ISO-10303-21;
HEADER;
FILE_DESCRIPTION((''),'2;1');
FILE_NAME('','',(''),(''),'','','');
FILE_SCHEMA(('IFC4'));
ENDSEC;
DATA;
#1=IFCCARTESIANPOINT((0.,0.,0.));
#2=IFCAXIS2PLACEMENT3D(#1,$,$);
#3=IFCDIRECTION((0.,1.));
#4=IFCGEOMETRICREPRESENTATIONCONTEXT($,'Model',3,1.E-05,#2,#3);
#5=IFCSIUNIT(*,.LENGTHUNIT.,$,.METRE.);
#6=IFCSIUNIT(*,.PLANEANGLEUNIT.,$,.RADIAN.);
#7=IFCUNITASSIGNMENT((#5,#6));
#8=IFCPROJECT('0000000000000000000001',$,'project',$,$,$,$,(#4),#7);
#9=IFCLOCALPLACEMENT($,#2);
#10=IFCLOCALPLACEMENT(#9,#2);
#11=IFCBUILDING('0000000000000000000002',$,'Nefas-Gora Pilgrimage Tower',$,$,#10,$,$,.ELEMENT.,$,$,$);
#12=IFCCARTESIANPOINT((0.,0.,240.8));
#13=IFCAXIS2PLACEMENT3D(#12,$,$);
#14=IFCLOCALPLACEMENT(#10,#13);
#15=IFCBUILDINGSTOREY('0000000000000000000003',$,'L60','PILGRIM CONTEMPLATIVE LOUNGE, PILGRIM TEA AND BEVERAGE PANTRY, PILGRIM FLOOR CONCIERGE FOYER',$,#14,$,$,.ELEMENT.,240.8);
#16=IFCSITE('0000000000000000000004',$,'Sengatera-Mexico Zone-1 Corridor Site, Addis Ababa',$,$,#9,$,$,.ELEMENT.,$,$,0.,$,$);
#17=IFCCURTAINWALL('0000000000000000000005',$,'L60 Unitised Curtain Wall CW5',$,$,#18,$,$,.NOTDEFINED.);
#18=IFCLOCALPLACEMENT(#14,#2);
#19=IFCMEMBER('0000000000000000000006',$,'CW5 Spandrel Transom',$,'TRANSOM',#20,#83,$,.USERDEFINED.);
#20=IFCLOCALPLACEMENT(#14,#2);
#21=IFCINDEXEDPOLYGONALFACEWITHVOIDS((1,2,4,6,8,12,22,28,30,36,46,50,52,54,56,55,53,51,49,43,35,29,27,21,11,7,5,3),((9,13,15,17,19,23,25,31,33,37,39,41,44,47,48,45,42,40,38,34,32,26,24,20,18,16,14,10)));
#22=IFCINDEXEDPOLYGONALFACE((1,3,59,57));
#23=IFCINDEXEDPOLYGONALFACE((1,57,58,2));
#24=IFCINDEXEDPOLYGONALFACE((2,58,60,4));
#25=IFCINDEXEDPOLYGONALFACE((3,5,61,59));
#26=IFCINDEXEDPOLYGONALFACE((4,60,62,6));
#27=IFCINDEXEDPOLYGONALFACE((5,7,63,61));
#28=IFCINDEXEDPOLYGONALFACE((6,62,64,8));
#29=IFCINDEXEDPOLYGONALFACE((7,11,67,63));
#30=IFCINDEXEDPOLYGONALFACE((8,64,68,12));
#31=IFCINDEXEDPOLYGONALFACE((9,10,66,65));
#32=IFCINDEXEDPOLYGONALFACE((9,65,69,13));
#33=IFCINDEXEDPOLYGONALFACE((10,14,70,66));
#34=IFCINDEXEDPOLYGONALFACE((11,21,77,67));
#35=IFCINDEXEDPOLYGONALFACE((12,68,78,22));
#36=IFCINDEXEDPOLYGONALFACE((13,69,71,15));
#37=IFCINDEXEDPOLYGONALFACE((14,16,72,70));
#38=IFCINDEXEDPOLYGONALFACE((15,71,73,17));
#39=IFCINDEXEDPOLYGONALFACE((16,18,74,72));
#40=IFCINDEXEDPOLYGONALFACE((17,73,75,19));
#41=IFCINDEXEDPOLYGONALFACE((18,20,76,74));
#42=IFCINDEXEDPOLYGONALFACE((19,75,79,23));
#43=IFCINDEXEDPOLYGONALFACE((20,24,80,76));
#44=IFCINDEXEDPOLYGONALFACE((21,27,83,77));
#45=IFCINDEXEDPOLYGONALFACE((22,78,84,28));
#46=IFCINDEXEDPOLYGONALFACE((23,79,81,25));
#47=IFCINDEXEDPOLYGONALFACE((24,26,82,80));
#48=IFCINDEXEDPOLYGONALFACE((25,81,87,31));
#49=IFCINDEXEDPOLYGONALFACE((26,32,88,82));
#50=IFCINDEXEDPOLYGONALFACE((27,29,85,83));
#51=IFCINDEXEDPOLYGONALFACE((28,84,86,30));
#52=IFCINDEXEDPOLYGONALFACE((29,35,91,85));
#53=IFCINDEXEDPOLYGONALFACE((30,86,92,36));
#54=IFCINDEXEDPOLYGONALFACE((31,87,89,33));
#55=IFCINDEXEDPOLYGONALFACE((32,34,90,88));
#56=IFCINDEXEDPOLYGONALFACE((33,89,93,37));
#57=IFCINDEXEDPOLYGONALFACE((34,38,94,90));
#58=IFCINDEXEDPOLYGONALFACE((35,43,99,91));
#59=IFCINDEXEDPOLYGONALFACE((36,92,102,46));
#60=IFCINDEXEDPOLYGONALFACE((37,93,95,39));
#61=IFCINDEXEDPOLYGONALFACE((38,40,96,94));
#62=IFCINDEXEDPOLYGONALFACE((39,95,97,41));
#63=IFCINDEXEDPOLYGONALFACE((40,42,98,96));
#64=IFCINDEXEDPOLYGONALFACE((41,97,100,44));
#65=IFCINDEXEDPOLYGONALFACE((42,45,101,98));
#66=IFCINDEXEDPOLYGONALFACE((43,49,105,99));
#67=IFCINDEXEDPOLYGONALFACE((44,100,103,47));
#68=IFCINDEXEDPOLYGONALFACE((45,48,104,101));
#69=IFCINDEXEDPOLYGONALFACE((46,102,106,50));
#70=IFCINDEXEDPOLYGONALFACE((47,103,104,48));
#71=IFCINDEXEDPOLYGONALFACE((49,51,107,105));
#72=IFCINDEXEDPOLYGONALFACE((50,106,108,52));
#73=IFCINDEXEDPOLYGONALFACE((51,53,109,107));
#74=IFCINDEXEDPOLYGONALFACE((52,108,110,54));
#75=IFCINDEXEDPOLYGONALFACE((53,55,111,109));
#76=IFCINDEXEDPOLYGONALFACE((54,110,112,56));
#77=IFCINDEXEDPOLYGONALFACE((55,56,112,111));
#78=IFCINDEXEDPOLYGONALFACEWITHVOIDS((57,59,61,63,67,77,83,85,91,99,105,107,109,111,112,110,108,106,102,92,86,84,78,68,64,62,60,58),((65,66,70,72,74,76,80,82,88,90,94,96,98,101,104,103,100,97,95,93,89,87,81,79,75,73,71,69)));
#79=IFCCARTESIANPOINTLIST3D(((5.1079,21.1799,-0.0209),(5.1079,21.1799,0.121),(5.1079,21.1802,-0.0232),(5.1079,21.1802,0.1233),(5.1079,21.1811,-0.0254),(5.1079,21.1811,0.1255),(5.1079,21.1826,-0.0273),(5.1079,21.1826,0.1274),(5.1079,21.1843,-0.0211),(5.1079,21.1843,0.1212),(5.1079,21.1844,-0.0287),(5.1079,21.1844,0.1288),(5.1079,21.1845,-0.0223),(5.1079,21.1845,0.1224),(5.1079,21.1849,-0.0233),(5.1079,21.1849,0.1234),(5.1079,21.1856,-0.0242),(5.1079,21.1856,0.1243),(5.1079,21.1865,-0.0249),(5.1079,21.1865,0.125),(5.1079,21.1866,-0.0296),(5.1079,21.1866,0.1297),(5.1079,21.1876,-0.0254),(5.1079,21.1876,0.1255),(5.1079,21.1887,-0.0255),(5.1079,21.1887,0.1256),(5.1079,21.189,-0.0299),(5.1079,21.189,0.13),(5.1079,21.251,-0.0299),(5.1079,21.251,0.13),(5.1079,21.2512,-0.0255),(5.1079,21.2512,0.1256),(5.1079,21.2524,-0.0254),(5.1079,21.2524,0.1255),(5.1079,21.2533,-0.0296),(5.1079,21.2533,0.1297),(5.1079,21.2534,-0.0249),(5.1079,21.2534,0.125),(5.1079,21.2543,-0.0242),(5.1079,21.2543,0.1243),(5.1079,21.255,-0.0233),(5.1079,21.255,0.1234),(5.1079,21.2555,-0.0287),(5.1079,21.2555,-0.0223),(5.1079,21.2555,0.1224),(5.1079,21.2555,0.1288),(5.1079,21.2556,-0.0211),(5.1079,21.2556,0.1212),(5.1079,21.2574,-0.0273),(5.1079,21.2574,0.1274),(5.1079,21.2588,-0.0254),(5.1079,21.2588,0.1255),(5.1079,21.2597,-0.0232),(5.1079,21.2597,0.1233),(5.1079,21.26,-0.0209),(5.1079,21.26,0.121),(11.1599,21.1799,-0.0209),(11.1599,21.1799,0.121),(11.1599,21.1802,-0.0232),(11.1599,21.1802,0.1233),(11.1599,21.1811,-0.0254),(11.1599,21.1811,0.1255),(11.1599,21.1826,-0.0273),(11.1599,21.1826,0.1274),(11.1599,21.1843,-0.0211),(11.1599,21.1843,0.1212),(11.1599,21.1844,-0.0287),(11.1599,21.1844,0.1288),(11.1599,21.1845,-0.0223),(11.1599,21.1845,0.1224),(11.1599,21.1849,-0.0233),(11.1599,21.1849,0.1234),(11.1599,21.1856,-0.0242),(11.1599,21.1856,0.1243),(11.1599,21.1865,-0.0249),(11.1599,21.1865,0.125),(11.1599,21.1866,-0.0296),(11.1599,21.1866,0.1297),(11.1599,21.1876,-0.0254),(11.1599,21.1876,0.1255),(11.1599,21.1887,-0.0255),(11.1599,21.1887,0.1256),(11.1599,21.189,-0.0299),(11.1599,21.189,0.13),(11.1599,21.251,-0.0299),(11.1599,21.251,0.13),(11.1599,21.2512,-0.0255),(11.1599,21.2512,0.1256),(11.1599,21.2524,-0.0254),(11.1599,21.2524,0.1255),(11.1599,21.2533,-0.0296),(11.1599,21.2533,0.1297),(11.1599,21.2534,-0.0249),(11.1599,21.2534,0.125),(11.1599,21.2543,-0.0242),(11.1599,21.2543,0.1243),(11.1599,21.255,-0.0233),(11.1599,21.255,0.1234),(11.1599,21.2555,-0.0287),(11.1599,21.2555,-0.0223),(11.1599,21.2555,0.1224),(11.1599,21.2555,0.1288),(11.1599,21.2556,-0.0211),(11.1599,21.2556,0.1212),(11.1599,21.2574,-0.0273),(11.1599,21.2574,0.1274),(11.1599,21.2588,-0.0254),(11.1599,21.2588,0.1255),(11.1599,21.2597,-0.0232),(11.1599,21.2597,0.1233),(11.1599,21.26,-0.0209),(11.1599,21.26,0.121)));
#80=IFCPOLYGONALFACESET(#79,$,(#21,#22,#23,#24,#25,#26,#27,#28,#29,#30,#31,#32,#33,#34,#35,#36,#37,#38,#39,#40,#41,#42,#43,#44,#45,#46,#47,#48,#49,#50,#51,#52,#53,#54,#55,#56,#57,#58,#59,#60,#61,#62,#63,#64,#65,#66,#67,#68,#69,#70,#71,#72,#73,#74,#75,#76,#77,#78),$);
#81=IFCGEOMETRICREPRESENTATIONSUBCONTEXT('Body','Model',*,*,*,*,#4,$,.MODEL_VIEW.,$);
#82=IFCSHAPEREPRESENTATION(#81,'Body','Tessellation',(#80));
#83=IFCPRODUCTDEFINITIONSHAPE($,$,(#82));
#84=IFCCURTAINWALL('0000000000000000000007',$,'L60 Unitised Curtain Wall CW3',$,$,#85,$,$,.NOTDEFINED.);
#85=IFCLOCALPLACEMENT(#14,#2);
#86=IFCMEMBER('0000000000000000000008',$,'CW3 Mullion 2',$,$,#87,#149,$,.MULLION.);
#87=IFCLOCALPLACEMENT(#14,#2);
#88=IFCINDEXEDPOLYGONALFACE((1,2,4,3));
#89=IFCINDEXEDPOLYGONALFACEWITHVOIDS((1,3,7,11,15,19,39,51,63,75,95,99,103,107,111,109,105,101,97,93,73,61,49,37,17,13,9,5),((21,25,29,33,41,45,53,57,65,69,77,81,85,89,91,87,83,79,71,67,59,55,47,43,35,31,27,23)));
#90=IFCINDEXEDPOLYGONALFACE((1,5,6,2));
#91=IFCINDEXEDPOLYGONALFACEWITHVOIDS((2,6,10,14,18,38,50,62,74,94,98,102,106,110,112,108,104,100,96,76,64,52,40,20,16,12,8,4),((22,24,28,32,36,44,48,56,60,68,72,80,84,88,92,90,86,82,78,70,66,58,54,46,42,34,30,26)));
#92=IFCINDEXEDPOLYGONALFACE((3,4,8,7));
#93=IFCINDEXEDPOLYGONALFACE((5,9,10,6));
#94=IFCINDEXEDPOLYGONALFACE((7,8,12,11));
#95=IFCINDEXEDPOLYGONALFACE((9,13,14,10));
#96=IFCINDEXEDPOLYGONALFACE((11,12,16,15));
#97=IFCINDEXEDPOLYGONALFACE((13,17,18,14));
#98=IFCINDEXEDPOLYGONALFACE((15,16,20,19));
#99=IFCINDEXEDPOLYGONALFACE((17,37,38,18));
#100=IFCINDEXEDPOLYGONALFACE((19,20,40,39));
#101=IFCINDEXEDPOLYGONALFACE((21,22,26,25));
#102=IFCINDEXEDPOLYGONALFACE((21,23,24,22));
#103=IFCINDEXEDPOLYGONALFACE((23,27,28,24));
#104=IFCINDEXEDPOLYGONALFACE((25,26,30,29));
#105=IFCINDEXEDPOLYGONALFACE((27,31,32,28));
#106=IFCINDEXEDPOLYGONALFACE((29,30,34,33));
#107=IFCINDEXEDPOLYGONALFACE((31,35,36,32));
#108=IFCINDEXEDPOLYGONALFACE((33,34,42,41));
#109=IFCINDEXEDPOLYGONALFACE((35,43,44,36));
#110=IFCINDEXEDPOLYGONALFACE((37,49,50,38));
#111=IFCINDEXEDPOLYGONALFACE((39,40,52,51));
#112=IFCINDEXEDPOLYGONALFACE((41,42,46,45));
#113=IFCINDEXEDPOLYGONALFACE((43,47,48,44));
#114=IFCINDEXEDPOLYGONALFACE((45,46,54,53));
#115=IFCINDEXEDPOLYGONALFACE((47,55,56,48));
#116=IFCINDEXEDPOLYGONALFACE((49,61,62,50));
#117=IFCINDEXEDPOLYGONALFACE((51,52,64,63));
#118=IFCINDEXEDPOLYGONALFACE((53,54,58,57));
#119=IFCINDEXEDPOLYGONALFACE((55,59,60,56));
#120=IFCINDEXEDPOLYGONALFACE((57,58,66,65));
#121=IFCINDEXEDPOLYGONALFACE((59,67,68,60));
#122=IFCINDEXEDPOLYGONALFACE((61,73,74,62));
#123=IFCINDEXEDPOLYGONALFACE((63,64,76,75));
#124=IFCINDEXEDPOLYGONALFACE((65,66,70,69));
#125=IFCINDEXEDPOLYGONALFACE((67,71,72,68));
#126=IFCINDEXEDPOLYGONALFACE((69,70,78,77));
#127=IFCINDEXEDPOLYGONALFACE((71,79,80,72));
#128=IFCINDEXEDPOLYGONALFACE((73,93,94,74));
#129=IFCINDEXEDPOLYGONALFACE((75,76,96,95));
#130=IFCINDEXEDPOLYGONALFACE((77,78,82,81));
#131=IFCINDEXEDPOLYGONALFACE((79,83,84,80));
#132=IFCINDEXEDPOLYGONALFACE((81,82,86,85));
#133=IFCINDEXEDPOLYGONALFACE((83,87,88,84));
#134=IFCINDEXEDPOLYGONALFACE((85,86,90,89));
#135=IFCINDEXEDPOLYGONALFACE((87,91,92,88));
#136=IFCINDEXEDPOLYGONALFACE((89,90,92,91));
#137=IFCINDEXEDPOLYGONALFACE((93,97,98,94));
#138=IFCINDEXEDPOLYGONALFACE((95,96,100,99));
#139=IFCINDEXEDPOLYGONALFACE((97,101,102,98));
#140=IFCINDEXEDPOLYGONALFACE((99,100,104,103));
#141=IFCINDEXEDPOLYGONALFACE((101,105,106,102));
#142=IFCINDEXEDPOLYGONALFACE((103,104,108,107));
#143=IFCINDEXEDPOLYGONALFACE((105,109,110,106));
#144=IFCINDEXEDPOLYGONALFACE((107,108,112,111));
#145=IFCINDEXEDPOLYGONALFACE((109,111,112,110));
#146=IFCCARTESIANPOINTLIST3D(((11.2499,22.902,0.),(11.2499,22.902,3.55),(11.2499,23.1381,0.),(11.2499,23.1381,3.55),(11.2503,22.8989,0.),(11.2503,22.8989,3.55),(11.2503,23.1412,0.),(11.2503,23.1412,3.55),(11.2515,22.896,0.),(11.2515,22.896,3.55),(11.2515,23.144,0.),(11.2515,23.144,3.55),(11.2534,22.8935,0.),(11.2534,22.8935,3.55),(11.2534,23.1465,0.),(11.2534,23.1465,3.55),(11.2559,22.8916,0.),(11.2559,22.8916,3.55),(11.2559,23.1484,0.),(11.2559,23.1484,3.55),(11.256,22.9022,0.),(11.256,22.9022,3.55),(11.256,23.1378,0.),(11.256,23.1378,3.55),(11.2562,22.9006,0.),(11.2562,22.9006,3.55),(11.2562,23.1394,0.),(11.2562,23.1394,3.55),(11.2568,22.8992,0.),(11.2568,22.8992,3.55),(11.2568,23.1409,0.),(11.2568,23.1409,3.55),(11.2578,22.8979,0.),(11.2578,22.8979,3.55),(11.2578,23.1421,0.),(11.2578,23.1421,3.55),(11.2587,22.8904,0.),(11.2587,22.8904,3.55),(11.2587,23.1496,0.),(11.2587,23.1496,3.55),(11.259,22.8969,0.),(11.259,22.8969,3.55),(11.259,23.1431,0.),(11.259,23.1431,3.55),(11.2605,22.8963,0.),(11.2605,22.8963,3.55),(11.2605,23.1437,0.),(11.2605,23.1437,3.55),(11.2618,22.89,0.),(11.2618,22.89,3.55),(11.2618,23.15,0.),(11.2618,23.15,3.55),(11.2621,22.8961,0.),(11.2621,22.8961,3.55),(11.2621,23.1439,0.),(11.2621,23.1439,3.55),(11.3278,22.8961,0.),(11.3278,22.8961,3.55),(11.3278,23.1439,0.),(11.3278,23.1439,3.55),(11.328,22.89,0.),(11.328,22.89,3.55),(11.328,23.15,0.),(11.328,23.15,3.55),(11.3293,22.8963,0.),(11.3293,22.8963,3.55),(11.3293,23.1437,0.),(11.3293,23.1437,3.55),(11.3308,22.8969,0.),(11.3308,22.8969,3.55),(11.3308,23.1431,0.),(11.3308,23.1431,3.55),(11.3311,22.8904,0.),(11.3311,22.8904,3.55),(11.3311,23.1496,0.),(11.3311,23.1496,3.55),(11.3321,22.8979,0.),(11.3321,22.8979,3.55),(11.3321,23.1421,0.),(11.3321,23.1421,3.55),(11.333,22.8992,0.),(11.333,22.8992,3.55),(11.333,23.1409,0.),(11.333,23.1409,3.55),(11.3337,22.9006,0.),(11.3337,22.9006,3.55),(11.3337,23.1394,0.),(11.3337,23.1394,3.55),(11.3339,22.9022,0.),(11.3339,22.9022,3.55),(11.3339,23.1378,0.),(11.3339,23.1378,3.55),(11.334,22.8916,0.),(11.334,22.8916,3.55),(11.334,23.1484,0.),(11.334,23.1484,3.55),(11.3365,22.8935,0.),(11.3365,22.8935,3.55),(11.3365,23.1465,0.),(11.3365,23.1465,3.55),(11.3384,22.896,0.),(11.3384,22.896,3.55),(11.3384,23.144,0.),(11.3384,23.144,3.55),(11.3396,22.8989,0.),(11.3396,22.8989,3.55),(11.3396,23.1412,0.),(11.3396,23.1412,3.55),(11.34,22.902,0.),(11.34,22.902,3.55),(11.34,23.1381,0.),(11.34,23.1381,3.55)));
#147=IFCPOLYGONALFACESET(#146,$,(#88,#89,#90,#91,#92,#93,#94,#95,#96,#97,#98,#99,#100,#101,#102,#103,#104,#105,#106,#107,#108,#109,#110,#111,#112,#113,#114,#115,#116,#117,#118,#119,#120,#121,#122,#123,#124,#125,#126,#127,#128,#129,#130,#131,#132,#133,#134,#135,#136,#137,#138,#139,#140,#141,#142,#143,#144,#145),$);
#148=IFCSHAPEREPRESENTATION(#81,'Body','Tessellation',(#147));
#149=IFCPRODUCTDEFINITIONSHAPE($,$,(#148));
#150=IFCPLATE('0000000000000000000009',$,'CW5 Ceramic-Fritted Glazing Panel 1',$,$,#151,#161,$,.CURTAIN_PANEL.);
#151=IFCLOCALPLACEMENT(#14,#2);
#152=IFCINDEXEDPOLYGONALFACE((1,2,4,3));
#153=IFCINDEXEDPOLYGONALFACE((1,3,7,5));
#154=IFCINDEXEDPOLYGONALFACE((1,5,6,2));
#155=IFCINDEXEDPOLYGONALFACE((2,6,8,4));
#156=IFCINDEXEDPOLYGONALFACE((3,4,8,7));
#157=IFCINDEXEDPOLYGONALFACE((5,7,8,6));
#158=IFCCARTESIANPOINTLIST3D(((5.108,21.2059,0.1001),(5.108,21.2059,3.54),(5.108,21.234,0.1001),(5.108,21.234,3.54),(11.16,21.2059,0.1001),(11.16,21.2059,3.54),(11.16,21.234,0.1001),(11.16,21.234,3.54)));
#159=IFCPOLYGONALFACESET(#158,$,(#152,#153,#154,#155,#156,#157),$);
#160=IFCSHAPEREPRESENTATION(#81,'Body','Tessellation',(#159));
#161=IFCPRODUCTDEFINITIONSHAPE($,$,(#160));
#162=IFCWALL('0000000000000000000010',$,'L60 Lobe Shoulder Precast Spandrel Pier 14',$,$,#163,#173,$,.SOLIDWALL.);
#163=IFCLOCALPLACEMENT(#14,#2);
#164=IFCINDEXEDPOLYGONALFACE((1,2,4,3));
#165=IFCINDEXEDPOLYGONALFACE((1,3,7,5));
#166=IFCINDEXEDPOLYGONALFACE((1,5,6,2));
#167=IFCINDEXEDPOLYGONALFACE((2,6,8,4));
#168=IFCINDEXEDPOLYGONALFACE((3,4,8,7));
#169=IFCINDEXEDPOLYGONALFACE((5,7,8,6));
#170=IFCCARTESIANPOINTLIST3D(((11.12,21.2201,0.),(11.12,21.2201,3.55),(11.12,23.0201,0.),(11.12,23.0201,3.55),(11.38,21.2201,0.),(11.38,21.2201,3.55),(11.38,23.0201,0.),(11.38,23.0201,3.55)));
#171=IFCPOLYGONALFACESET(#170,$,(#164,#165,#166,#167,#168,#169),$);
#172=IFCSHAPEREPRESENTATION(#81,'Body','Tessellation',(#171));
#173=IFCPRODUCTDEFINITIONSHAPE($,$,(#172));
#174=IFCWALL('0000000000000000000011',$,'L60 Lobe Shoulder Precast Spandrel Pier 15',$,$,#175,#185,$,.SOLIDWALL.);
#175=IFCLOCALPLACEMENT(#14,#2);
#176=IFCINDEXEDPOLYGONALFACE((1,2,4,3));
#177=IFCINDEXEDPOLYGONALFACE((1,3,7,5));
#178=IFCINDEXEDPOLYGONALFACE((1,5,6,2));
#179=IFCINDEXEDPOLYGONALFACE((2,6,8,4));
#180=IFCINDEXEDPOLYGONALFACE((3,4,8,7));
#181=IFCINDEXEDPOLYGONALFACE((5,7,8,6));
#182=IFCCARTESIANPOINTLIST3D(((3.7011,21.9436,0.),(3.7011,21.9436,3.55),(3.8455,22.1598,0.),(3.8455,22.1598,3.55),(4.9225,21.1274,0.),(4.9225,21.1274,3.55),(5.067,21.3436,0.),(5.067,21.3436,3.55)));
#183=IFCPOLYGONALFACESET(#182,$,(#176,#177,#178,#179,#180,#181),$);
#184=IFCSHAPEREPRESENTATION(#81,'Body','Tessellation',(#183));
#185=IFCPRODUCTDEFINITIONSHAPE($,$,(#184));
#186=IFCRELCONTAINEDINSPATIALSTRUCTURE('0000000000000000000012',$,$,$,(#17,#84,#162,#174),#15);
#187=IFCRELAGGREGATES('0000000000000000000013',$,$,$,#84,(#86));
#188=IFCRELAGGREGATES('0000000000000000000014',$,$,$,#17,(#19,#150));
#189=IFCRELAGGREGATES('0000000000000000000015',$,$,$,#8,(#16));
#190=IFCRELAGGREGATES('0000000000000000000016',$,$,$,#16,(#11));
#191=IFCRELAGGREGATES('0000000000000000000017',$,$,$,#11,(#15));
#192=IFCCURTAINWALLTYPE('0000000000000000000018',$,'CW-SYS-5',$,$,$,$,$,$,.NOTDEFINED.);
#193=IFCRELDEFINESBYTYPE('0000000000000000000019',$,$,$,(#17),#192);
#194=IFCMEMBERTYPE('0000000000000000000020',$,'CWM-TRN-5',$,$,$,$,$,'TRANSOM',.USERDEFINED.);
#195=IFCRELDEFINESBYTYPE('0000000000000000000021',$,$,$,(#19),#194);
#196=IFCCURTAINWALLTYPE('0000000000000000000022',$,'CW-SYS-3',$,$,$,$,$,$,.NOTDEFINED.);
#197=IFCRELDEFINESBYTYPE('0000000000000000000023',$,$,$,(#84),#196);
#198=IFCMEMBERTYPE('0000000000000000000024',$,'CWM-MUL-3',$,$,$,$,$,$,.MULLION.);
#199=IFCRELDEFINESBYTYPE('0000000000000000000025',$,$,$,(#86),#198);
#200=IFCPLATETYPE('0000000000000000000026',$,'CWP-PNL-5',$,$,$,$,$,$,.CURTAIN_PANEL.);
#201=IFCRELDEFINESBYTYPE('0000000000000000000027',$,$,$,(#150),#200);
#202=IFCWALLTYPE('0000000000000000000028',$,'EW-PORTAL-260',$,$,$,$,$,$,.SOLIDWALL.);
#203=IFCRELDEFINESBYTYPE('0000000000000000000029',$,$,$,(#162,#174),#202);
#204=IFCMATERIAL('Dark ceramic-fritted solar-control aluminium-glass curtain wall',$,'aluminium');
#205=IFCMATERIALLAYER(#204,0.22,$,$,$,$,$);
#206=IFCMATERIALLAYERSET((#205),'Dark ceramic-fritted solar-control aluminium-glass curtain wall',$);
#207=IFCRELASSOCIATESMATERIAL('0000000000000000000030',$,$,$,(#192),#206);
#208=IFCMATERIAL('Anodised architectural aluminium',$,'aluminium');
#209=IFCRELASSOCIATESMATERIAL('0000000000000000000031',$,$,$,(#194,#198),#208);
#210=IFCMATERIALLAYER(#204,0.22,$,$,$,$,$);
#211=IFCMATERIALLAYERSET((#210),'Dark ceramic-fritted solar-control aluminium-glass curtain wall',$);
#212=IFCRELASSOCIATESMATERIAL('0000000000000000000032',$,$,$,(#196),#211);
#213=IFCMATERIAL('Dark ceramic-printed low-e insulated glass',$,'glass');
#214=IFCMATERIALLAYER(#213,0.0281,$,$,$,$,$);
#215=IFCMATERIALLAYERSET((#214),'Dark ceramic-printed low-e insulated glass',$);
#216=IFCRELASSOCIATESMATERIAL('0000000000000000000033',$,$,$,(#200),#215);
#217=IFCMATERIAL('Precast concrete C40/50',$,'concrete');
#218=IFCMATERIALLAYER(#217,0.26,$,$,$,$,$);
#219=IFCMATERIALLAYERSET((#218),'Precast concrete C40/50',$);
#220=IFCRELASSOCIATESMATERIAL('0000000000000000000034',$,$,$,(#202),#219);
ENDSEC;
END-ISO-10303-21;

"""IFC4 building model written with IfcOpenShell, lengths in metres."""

from ifc_helpers import new_model, si_unit, direction, frame, frame_2d, origin, origin_2d, place, context, subcontext, project, spatial, rectangle, hollow_rectangle, extrude, source, transform, mapped, material, layer, layer_set, material_profile, profile_set, type_object, element, aggregate, save


model = new_model("IFC4")

# Units and contexts
model_context = context("Model", 3, precision=1e-05, world=origin(), true_north=direction((0.0, 1.0)))
body_context = subcontext(model_context, "Body", "Model", "MODEL_VIEW")
ifc_project = project(units=[si_unit("LENGTHUNIT", "METRE"), si_unit("PLANEANGLEUNIT", "RADIAN")], contexts=[model_context])

# Site, building, storey
site_placement = place(None, origin())
site = spatial("IfcSite", under=ifc_project, at=site_placement, Name="Sengatera-Mexico Zone-1 Corridor Site, Addis Ababa", CompositionType="ELEMENT", RefElevation=0.0)
building_placement = place(site_placement, origin())
building = spatial("IfcBuilding", under=site, at=building_placement, Name="Nefas-Gora Pilgrimage Tower", CompositionType="ELEMENT")
storey_placement = place(building_placement, frame((0.0, 0.0, 240.8)))
storey = spatial("IfcBuildingStorey", under=building, at=storey_placement, Name="L60", Description="PILGRIM CONTEMPLATIVE LOUNGE, PILGRIM TEA AND BEVERAGE PANTRY, PILGRIM FLOOR CONCIERGE FOYER", CompositionType="ELEMENT", Elevation=240.8)

# Curtain wall, member
ifc_material_1 = material(Name="Dark ceramic-fritted solar-control aluminium-glass curtain wall", Category="aluminium")
ifc_layer_1 = layer(ifc_material_1, 0.22)
ifc_layer_set_1 = layer_set([ifc_layer_1], Name="Dark ceramic-fritted solar-control aluminium-glass curtain wall")
curtain_wall_type_1 = type_object("IfcCurtainWallType", Name="CW-SYS-5", PredefinedType="NOTDEFINED", material=ifc_layer_set_1)
curtain_wall_1_placement = place(storey_placement, origin())
curtain_wall_1 = element("IfcCurtainWall", 1, at=curtain_wall_1_placement, inside=storey, type_object=curtain_wall_type_1, Name="L60 Unitised Curtain Wall CW5", PredefinedType="NOTDEFINED")
ifc_material_2 = material(Name="Anodised architectural aluminium", Category="aluminium")
ifc_material_profile_1 = material_profile(ifc_material_2, hollow_rectangle(XDim=0.0801, YDim=0.1599, WallThickness=0.0044, InnerFilletRadius=0.0044, OuterFilletRadius=0.009, at=origin_2d()), Name="ALU TRANSOM 80x160")
ifc_profile_set_1 = profile_set([ifc_material_profile_1], Name="Anodised architectural aluminium")
member_type_1 = type_object("IfcMemberType", Name="CWM-TRN-5", ElementType="TRANSOM", PredefinedType="USERDEFINED", material=ifc_profile_set_1)
shared_shape_1 = source(origin(), body_context, "Body", "SweptSolid", [
    extrude(hollow_rectangle(XDim=0.0801, YDim=0.1599, WallThickness=0.0044, InnerFilletRadius=0.0044, OuterFilletRadius=0.009, at=origin_2d()), origin(), (0.0, 0.0, 1.0), 6.052),
])
member_1_placement = place(storey_placement, frame((11.1599, 21.22, 0.05), z_axis=(-1.0, 0.0, 0.0), x_axis=(0.0, -1.0, 0.0)))
member_1 = element("IfcMember", 2, at=member_1_placement, type_object=member_type_1, Name="CW5 Spandrel Transom", ObjectType="TRANSOM", PredefinedType="USERDEFINED", context=body_context, shape_type="MappedRepresentation", body=[
    mapped(shared_shape_1, transform((0.0, 0.0, 0.0), x_axis=(1.0, 0.0, 0.0), y_axis=(0.0, 1.0, 0.0), z_axis=(0.0, 0.0, 1.0), scale=1.0)),
])

# Curtain wall, member
ifc_layer_2 = layer(ifc_material_1, 0.22)
ifc_layer_set_2 = layer_set([ifc_layer_2], Name="Dark ceramic-fritted solar-control aluminium-glass curtain wall")
curtain_wall_type_2 = type_object("IfcCurtainWallType", Name="CW-SYS-3", PredefinedType="NOTDEFINED", material=ifc_layer_set_2)
curtain_wall_2_placement = place(storey_placement, origin())
curtain_wall_2 = element("IfcCurtainWall", 3, at=curtain_wall_2_placement, inside=storey, type_object=curtain_wall_type_2, Name="L60 Unitised Curtain Wall CW3", PredefinedType="NOTDEFINED")
ifc_material_profile_2 = material_profile(ifc_material_2, hollow_rectangle(XDim=0.0901, YDim=0.26, WallThickness=0.0061, InnerFilletRadius=0.0061, OuterFilletRadius=0.012, at=origin_2d()), Name="ALU MULLION 90x260")
ifc_profile_set_2 = profile_set([ifc_material_profile_2], Name="Anodised architectural aluminium")
member_type_2 = type_object("IfcMemberType", Name="CWM-MUL-3", PredefinedType="MULLION", material=ifc_profile_set_2)
shared_shape_2 = source(origin(), body_context, "Body", "SweptSolid", [
    extrude(hollow_rectangle(XDim=0.0901, YDim=0.26, WallThickness=0.0061, InnerFilletRadius=0.0061, OuterFilletRadius=0.012, at=origin_2d()), origin(), (0.0, 0.0, 1.0), 3.55),
])
member_2_placement = place(storey_placement, frame((11.2949, 23.02, 0.0), z_axis=(0.0, 0.0, 1.0), x_axis=(-1.0, 0.0, 0.0)))
member_2 = element("IfcMember", 4, at=member_2_placement, type_object=member_type_2, Name="CW3 Mullion 2", PredefinedType="MULLION", context=body_context, shape_type="MappedRepresentation", body=[
    mapped(shared_shape_2, transform((0.0, 0.0, 0.0), x_axis=(1.0, 0.0, 0.0), y_axis=(0.0, 1.0, 0.0), z_axis=(0.0, 0.0, 1.0), scale=1.0)),
])
aggregate(curtain_wall_2, [member_2])

# Plate
ifc_material_3 = material(Name="Dark ceramic-printed low-e insulated glass", Category="glass")
ifc_layer_3 = layer(ifc_material_3, 0.0281)
ifc_layer_set_3 = layer_set([ifc_layer_3], Name="Dark ceramic-printed low-e insulated glass")
plate_type = type_object("IfcPlateType", Name="CWP-PNL-5", PredefinedType="CURTAIN_PANEL", material=ifc_layer_set_3)
shared_shape_3 = source(origin(), body_context, "Body", "SweptSolid", [
    extrude(rectangle(XDim=6.052, YDim=0.0281, at=origin_2d()), origin(), (0.0, 0.0, 1.0), 3.4399),
])
plate_placement = place(storey_placement, frame((8.134, 21.22, 0.1001), z_axis=(0.0, 0.0, 1.0), x_axis=(-1.0, 0.0, 0.0)))
plate = element("IfcPlate", 5, at=plate_placement, type_object=plate_type, Name="CW5 Ceramic-Fritted Glazing Panel 1", PredefinedType="CURTAIN_PANEL", context=body_context, shape_type="MappedRepresentation", body=[
    mapped(shared_shape_3, transform((0.0, 0.0, 0.0), x_axis=(1.0, 0.0, 0.0), y_axis=(0.0, 1.0, 0.0), z_axis=(0.0, 0.0, 1.0), scale=1.0)),
])
aggregate(curtain_wall_1, [member_1, plate])

# Walls
ifc_material_4 = material(Name="Precast concrete C40/50", Category="concrete")
ifc_layer_4 = layer(ifc_material_4, 0.26)
ifc_layer_set_4 = layer_set([ifc_layer_4], Name="Precast concrete C40/50")
wall_type_1 = type_object("IfcWallType", Name="EW-PORTAL-260", PredefinedType="SOLIDWALL", material=ifc_layer_set_4)
shared_shape_4 = source(origin(), body_context, "Body", "SweptSolid", [
    extrude(rectangle(XDim=1.8, YDim=0.26, at=frame_2d((0.8999, 0.0))), origin(), (0.0, 0.0, 1.0), 3.55),
])
wall_1_placement = place(storey_placement, frame((11.25, 23.02, 0.0), z_axis=(0.0, 0.0, 1.0), x_axis=(0.0, -1.0, 0.0)))
element("IfcWall", 6, at=wall_1_placement, inside=storey, type_object=wall_type_1, Name="L60 Lobe Shoulder Precast Spandrel Pier 14", PredefinedType="SOLIDWALL", context=body_context, shape_type="MappedRepresentation", body=[
    mapped(shared_shape_4, transform((0.0, 0.0, 0.0), x_axis=(1.0, 0.0, 0.0), y_axis=(0.0, 1.0, 0.0), z_axis=(0.0, 0.0, 1.0), scale=1.0)),
])
shared_shape_5 = source(origin(), body_context, "Body", "SweptSolid", [
    extrude(rectangle(XDim=1.469, YDim=0.26, at=frame_2d((0.7344, 0.0))), origin(), (0.0, 0.0, 1.0), 3.55),
])
wall_2_placement = place(storey_placement, frame((4.9946, 21.2356, 0.0), z_axis=(0.0, 0.0, 1.0), x_axis=(-0.831462, 0.555582, 0.0)))
element("IfcWall", 7, at=wall_2_placement, inside=storey, type_object=wall_type_1, Name="L60 Lobe Shoulder Precast Spandrel Pier 15", PredefinedType="SOLIDWALL", context=body_context, shape_type="MappedRepresentation", body=[
    mapped(shared_shape_5, transform((0.0, 0.0, 0.0), x_axis=(1.0, 0.0, 0.0), y_axis=(0.0, 1.0, 0.0), z_axis=(0.0, 0.0, 1.0), scale=1.0)),
])

save(model, "model.ifc")
